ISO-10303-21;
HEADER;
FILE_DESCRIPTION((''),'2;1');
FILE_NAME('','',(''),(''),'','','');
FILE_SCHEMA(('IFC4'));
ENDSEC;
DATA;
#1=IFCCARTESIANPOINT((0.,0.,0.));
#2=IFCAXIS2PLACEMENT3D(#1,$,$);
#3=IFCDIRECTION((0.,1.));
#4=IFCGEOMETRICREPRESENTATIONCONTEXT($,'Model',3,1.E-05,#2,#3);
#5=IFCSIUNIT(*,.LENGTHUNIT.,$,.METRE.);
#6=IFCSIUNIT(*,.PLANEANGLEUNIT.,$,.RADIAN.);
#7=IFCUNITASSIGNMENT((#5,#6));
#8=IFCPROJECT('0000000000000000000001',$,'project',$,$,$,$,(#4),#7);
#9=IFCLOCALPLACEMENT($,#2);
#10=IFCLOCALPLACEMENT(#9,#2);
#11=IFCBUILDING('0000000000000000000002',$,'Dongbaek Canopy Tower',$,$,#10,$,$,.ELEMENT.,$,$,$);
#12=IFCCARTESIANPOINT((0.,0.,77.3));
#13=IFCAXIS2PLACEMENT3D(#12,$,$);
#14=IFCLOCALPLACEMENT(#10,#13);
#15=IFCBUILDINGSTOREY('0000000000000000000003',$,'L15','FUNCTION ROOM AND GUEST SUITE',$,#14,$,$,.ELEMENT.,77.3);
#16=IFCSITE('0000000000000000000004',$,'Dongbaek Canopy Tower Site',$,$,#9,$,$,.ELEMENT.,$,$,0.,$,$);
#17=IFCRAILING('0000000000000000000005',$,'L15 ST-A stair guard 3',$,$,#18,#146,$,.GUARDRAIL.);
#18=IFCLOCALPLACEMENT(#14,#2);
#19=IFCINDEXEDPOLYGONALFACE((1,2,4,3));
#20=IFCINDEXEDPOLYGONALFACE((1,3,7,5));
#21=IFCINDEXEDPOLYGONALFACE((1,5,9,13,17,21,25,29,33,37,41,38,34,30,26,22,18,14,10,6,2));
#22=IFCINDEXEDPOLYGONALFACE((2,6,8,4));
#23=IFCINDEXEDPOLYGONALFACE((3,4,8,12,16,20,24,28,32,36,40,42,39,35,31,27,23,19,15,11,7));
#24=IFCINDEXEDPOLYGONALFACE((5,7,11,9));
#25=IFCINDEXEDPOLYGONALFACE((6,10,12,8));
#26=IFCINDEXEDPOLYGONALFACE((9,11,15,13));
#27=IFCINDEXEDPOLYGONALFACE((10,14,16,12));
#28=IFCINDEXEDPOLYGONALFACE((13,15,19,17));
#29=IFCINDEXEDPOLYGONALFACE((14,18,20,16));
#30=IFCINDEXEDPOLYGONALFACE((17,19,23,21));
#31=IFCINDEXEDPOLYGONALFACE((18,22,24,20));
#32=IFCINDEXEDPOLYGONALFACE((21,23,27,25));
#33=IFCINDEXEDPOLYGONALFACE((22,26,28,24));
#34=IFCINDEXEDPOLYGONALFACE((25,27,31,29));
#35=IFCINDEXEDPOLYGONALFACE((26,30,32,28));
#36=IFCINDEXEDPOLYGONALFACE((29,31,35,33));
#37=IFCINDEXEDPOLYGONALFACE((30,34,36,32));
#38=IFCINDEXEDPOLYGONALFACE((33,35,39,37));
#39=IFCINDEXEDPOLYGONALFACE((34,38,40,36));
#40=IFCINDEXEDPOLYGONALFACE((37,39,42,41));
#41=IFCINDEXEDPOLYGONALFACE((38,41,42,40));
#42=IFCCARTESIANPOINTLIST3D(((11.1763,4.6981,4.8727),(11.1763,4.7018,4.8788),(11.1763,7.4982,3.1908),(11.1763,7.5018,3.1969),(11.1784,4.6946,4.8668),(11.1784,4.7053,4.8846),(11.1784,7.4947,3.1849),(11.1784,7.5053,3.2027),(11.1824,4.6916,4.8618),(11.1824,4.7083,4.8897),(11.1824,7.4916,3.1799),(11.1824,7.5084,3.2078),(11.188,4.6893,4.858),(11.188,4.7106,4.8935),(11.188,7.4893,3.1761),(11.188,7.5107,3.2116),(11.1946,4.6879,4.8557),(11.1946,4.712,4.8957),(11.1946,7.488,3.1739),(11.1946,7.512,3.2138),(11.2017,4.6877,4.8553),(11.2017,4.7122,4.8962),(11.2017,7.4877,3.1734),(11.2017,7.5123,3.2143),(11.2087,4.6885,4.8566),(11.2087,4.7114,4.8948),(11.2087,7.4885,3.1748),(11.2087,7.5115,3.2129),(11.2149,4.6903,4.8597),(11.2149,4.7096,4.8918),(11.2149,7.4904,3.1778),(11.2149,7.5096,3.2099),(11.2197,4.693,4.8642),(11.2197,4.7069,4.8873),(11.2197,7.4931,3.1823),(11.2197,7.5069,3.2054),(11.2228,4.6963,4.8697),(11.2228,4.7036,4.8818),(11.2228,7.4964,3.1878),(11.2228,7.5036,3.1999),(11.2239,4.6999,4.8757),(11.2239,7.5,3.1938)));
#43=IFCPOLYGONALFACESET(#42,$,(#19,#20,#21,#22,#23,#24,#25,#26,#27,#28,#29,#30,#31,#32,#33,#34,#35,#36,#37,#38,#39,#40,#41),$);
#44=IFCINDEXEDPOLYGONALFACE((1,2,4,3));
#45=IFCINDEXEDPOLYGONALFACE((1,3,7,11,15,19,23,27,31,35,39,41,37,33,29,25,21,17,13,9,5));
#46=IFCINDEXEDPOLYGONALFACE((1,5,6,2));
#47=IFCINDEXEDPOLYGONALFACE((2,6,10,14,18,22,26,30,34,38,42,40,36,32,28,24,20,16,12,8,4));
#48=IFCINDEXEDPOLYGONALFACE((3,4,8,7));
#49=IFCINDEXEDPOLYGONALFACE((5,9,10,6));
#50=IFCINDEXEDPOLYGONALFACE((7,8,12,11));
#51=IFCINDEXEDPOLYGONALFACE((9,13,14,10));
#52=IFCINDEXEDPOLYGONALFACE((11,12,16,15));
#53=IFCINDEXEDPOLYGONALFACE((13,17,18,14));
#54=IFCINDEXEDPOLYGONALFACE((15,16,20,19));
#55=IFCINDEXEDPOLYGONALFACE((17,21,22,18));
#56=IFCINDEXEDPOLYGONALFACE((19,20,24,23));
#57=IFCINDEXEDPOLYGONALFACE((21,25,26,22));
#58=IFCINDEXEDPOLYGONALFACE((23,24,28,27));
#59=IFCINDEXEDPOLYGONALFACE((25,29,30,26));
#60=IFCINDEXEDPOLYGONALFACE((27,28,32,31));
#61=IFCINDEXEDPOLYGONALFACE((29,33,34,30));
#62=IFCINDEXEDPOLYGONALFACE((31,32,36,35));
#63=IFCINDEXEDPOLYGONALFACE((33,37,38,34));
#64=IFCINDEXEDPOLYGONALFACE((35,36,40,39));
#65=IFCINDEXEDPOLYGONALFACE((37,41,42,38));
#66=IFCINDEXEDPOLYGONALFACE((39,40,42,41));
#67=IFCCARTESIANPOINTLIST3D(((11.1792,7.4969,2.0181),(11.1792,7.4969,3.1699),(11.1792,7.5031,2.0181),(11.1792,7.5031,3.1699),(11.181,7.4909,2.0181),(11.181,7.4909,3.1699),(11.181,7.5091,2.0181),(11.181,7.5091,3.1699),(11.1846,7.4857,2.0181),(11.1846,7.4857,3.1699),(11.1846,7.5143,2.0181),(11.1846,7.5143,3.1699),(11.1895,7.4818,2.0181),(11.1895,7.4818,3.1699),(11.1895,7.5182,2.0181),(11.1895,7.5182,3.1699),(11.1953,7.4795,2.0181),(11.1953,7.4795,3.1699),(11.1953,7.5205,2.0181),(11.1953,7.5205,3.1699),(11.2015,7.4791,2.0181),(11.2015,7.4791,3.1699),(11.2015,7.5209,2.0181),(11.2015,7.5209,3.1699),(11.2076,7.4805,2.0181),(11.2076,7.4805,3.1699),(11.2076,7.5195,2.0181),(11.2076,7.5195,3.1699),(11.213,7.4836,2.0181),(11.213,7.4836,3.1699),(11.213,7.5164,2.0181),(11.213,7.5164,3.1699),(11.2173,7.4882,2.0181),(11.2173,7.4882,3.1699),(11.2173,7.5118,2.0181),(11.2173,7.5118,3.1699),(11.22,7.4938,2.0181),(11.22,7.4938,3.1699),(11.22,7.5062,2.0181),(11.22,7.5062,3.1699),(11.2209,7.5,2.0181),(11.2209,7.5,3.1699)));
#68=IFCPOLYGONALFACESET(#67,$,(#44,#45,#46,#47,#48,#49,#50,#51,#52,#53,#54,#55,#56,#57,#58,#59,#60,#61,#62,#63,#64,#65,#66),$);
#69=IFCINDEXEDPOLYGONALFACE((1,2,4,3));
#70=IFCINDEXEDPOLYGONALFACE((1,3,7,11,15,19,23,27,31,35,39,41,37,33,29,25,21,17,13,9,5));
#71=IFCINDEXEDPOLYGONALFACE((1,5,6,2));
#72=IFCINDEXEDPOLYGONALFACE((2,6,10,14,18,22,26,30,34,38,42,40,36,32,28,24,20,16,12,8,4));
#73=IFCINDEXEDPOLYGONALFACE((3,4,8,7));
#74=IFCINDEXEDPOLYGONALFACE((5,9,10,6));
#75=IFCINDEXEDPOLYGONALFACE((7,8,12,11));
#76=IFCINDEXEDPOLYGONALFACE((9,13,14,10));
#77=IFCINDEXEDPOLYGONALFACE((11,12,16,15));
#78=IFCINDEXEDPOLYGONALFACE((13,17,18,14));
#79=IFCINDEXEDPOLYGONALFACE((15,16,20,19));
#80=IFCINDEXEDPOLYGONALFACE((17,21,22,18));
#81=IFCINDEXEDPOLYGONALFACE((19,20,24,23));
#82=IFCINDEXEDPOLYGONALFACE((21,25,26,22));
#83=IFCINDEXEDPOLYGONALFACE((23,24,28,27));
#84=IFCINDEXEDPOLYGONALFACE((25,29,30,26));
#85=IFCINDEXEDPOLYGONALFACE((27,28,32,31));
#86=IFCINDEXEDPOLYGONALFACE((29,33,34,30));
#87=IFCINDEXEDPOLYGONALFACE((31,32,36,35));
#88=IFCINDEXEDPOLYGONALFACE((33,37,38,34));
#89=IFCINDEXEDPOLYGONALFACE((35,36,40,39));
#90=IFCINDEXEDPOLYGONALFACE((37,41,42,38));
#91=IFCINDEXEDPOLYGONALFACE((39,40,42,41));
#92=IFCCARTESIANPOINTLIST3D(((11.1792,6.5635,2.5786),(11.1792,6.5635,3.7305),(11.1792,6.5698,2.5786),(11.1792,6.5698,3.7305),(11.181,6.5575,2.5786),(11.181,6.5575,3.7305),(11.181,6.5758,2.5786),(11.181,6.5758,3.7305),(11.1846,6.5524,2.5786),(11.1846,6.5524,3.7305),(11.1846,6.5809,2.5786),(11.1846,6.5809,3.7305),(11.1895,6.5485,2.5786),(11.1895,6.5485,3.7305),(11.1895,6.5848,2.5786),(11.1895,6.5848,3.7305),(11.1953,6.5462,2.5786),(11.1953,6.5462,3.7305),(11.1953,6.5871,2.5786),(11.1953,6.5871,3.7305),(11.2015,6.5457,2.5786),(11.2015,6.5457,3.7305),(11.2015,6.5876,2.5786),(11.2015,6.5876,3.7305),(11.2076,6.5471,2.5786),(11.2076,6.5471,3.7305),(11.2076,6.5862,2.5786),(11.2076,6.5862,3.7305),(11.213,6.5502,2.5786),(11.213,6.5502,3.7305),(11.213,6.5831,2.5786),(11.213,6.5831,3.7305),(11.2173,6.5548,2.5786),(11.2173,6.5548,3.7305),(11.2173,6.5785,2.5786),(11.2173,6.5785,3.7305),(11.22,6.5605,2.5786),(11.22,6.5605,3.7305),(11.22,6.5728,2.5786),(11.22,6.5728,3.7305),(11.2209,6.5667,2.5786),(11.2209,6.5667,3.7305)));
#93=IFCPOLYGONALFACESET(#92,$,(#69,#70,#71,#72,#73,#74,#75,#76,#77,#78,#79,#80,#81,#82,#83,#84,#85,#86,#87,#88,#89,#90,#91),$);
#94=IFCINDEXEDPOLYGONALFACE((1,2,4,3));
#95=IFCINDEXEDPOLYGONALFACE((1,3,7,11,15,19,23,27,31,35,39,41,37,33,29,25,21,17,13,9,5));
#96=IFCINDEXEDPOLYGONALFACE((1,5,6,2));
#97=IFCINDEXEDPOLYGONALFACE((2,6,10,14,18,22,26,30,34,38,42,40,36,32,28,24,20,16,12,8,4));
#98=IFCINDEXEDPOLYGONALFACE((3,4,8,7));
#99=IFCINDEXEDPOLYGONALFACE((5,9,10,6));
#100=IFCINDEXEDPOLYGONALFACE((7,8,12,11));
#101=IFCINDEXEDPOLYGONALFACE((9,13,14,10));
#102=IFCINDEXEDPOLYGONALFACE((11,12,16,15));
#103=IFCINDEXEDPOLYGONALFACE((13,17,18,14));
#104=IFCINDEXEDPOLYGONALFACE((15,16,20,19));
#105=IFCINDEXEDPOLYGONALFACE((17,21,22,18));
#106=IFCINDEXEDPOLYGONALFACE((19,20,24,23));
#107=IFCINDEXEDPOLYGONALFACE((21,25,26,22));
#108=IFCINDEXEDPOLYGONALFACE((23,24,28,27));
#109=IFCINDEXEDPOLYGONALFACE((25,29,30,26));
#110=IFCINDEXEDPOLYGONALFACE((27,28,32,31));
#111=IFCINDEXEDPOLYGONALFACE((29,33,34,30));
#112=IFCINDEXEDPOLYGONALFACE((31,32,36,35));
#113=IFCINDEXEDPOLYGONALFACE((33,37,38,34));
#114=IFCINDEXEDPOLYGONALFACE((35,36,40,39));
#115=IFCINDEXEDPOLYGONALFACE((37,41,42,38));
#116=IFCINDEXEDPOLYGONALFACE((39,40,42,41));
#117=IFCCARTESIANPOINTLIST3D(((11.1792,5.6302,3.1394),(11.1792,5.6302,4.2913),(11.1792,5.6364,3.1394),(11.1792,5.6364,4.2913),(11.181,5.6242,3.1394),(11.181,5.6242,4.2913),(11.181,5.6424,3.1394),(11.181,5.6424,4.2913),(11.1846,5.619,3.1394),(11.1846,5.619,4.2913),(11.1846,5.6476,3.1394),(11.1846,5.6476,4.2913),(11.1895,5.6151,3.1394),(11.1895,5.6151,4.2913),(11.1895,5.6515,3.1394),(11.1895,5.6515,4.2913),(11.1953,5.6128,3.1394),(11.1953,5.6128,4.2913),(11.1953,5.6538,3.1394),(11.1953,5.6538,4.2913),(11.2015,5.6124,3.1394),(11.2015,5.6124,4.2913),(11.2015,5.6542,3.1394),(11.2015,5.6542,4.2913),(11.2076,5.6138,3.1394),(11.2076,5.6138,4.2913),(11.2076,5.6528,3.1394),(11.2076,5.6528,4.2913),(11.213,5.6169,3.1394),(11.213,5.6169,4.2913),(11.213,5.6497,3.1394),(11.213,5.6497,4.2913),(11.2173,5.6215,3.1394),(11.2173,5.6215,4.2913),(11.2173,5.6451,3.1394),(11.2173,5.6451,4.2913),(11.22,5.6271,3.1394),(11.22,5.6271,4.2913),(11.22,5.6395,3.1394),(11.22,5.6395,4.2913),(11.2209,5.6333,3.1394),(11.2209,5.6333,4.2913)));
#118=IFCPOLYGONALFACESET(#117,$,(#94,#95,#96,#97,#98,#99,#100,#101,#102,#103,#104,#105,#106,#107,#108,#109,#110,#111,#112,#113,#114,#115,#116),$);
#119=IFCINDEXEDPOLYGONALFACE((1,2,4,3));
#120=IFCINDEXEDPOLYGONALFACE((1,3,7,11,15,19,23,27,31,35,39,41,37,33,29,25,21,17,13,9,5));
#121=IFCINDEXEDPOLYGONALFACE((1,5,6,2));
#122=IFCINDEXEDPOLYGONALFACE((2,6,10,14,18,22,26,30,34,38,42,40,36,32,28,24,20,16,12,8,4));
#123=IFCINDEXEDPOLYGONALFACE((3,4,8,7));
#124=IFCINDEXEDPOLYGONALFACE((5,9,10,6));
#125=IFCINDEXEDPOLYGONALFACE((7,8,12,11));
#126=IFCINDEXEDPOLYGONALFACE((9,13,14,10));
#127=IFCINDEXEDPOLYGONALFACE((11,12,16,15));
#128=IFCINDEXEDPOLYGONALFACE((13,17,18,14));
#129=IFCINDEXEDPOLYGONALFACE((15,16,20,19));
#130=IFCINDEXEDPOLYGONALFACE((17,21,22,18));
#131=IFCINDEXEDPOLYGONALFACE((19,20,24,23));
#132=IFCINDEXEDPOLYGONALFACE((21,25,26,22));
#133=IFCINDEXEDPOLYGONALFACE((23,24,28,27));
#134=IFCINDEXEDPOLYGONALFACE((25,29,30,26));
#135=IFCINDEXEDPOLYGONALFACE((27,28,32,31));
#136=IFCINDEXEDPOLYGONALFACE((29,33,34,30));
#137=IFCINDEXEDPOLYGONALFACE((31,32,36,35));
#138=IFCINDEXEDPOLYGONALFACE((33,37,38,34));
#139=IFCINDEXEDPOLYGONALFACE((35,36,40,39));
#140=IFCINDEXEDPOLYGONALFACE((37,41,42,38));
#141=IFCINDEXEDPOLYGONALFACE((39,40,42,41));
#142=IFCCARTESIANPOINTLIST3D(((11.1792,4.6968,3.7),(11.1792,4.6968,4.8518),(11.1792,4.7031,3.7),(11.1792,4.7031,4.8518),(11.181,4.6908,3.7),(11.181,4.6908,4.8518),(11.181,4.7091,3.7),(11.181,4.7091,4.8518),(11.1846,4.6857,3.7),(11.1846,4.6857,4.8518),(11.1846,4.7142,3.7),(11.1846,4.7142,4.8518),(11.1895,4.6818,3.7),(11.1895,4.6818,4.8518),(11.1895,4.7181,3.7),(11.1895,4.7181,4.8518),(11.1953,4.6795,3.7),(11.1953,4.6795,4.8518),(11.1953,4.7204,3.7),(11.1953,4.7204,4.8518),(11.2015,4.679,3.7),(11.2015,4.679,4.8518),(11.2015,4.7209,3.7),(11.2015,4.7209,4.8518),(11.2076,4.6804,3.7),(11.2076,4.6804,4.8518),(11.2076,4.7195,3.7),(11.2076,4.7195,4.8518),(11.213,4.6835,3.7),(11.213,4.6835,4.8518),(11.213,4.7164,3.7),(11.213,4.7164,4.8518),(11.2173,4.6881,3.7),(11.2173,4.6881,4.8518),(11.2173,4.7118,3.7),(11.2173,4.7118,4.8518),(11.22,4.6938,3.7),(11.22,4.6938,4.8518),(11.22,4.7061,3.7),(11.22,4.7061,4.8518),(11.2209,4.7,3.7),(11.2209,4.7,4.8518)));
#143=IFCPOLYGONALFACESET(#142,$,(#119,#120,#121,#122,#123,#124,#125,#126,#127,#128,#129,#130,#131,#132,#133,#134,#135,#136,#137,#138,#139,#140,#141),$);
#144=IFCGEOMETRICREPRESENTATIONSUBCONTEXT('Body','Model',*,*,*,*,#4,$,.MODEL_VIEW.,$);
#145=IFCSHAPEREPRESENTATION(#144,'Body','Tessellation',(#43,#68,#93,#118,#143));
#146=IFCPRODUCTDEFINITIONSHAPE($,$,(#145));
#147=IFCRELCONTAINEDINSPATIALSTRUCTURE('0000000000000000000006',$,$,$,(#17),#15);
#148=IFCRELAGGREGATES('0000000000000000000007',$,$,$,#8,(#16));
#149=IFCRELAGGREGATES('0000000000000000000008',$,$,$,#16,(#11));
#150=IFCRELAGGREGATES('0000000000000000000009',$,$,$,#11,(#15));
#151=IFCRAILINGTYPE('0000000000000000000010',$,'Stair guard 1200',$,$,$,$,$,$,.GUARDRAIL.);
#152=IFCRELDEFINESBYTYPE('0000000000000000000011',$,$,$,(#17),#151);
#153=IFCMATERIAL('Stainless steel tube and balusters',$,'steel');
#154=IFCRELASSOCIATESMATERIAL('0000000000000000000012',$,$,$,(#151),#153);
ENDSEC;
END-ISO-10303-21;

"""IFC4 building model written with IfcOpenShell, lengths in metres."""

from ifc_helpers import new_model, si_unit, direction, frame, origin, origin_2d, place, context, subcontext, project, spatial, circle, extrude, material, type_object, element, save


model = new_model("IFC4")

# Units and contexts
model_context = context("Model", 3, precision=1e-05, world=origin(), true_north=direction((0.0, 1.0)))
body_context = subcontext(model_context, "Body", "Model", "MODEL_VIEW")
ifc_project = project(units=[si_unit("LENGTHUNIT", "METRE"), si_unit("PLANEANGLEUNIT", "RADIAN")], contexts=[model_context])

# Site, building, storey
site_placement = place(None, origin())
site = spatial("IfcSite", under=ifc_project, at=site_placement, Name="Dongbaek Canopy Tower Site", CompositionType="ELEMENT", RefElevation=0.0)
building_placement = place(site_placement, origin())
building = spatial("IfcBuilding", under=site, at=building_placement, Name="Dongbaek Canopy Tower", CompositionType="ELEMENT")
storey_placement = place(building_placement, frame((0.0, 0.0, 77.3)))
storey = spatial("IfcBuildingStorey", under=building, at=storey_placement, Name="L15", Description="FUNCTION ROOM AND GUEST SUITE", CompositionType="ELEMENT", Elevation=77.3)

# Railing
ifc_material_1 = material(Name="Stainless steel tube and balusters", Category="steel")
railing_type_1 = type_object("IfcRailingType", Name="Stair guard 1200", PredefinedType="GUARDRAIL", material=ifc_material_1)
railing_1_placement = place(storey_placement, frame((11.2, 7.5, 2.0181)))
element("IfcRailing", 1, at=railing_1_placement, inside=storey, type_object=railing_type_1, Name="L15 ST-A stair guard 3", PredefinedType="GUARDRAIL", context=body_context, shape_type="SweptSolid", body=[
    extrude(circle(Radius=0.0239, at=origin_2d()), frame((0.0, 0.0, 1.1758), z_axis=(0.0, -0.857242, 0.514913), x_axis=(1.0, 0.0, 0.0)), (0.0, 0.0, 1.0), 3.2664),
    extrude(circle(Radius=0.021, at=origin_2d()), origin(), (0.0, 0.0, 1.0), 1.1519),
    extrude(circle(Radius=0.021, at=origin_2d()), frame((0.0, -0.9333, 0.5605)), (0.0, 0.0, 1.0), 1.1519),
    extrude(circle(Radius=0.021, at=origin_2d()), frame((0.0, -1.8667, 1.1213)), (0.0, 0.0, 1.0), 1.1519),
    extrude(circle(Radius=0.021, at=origin_2d()), frame((0.0, -2.8, 1.6819)), (0.0, 0.0, 1.0), 1.1519),
])

save(model, "model.ifc")
